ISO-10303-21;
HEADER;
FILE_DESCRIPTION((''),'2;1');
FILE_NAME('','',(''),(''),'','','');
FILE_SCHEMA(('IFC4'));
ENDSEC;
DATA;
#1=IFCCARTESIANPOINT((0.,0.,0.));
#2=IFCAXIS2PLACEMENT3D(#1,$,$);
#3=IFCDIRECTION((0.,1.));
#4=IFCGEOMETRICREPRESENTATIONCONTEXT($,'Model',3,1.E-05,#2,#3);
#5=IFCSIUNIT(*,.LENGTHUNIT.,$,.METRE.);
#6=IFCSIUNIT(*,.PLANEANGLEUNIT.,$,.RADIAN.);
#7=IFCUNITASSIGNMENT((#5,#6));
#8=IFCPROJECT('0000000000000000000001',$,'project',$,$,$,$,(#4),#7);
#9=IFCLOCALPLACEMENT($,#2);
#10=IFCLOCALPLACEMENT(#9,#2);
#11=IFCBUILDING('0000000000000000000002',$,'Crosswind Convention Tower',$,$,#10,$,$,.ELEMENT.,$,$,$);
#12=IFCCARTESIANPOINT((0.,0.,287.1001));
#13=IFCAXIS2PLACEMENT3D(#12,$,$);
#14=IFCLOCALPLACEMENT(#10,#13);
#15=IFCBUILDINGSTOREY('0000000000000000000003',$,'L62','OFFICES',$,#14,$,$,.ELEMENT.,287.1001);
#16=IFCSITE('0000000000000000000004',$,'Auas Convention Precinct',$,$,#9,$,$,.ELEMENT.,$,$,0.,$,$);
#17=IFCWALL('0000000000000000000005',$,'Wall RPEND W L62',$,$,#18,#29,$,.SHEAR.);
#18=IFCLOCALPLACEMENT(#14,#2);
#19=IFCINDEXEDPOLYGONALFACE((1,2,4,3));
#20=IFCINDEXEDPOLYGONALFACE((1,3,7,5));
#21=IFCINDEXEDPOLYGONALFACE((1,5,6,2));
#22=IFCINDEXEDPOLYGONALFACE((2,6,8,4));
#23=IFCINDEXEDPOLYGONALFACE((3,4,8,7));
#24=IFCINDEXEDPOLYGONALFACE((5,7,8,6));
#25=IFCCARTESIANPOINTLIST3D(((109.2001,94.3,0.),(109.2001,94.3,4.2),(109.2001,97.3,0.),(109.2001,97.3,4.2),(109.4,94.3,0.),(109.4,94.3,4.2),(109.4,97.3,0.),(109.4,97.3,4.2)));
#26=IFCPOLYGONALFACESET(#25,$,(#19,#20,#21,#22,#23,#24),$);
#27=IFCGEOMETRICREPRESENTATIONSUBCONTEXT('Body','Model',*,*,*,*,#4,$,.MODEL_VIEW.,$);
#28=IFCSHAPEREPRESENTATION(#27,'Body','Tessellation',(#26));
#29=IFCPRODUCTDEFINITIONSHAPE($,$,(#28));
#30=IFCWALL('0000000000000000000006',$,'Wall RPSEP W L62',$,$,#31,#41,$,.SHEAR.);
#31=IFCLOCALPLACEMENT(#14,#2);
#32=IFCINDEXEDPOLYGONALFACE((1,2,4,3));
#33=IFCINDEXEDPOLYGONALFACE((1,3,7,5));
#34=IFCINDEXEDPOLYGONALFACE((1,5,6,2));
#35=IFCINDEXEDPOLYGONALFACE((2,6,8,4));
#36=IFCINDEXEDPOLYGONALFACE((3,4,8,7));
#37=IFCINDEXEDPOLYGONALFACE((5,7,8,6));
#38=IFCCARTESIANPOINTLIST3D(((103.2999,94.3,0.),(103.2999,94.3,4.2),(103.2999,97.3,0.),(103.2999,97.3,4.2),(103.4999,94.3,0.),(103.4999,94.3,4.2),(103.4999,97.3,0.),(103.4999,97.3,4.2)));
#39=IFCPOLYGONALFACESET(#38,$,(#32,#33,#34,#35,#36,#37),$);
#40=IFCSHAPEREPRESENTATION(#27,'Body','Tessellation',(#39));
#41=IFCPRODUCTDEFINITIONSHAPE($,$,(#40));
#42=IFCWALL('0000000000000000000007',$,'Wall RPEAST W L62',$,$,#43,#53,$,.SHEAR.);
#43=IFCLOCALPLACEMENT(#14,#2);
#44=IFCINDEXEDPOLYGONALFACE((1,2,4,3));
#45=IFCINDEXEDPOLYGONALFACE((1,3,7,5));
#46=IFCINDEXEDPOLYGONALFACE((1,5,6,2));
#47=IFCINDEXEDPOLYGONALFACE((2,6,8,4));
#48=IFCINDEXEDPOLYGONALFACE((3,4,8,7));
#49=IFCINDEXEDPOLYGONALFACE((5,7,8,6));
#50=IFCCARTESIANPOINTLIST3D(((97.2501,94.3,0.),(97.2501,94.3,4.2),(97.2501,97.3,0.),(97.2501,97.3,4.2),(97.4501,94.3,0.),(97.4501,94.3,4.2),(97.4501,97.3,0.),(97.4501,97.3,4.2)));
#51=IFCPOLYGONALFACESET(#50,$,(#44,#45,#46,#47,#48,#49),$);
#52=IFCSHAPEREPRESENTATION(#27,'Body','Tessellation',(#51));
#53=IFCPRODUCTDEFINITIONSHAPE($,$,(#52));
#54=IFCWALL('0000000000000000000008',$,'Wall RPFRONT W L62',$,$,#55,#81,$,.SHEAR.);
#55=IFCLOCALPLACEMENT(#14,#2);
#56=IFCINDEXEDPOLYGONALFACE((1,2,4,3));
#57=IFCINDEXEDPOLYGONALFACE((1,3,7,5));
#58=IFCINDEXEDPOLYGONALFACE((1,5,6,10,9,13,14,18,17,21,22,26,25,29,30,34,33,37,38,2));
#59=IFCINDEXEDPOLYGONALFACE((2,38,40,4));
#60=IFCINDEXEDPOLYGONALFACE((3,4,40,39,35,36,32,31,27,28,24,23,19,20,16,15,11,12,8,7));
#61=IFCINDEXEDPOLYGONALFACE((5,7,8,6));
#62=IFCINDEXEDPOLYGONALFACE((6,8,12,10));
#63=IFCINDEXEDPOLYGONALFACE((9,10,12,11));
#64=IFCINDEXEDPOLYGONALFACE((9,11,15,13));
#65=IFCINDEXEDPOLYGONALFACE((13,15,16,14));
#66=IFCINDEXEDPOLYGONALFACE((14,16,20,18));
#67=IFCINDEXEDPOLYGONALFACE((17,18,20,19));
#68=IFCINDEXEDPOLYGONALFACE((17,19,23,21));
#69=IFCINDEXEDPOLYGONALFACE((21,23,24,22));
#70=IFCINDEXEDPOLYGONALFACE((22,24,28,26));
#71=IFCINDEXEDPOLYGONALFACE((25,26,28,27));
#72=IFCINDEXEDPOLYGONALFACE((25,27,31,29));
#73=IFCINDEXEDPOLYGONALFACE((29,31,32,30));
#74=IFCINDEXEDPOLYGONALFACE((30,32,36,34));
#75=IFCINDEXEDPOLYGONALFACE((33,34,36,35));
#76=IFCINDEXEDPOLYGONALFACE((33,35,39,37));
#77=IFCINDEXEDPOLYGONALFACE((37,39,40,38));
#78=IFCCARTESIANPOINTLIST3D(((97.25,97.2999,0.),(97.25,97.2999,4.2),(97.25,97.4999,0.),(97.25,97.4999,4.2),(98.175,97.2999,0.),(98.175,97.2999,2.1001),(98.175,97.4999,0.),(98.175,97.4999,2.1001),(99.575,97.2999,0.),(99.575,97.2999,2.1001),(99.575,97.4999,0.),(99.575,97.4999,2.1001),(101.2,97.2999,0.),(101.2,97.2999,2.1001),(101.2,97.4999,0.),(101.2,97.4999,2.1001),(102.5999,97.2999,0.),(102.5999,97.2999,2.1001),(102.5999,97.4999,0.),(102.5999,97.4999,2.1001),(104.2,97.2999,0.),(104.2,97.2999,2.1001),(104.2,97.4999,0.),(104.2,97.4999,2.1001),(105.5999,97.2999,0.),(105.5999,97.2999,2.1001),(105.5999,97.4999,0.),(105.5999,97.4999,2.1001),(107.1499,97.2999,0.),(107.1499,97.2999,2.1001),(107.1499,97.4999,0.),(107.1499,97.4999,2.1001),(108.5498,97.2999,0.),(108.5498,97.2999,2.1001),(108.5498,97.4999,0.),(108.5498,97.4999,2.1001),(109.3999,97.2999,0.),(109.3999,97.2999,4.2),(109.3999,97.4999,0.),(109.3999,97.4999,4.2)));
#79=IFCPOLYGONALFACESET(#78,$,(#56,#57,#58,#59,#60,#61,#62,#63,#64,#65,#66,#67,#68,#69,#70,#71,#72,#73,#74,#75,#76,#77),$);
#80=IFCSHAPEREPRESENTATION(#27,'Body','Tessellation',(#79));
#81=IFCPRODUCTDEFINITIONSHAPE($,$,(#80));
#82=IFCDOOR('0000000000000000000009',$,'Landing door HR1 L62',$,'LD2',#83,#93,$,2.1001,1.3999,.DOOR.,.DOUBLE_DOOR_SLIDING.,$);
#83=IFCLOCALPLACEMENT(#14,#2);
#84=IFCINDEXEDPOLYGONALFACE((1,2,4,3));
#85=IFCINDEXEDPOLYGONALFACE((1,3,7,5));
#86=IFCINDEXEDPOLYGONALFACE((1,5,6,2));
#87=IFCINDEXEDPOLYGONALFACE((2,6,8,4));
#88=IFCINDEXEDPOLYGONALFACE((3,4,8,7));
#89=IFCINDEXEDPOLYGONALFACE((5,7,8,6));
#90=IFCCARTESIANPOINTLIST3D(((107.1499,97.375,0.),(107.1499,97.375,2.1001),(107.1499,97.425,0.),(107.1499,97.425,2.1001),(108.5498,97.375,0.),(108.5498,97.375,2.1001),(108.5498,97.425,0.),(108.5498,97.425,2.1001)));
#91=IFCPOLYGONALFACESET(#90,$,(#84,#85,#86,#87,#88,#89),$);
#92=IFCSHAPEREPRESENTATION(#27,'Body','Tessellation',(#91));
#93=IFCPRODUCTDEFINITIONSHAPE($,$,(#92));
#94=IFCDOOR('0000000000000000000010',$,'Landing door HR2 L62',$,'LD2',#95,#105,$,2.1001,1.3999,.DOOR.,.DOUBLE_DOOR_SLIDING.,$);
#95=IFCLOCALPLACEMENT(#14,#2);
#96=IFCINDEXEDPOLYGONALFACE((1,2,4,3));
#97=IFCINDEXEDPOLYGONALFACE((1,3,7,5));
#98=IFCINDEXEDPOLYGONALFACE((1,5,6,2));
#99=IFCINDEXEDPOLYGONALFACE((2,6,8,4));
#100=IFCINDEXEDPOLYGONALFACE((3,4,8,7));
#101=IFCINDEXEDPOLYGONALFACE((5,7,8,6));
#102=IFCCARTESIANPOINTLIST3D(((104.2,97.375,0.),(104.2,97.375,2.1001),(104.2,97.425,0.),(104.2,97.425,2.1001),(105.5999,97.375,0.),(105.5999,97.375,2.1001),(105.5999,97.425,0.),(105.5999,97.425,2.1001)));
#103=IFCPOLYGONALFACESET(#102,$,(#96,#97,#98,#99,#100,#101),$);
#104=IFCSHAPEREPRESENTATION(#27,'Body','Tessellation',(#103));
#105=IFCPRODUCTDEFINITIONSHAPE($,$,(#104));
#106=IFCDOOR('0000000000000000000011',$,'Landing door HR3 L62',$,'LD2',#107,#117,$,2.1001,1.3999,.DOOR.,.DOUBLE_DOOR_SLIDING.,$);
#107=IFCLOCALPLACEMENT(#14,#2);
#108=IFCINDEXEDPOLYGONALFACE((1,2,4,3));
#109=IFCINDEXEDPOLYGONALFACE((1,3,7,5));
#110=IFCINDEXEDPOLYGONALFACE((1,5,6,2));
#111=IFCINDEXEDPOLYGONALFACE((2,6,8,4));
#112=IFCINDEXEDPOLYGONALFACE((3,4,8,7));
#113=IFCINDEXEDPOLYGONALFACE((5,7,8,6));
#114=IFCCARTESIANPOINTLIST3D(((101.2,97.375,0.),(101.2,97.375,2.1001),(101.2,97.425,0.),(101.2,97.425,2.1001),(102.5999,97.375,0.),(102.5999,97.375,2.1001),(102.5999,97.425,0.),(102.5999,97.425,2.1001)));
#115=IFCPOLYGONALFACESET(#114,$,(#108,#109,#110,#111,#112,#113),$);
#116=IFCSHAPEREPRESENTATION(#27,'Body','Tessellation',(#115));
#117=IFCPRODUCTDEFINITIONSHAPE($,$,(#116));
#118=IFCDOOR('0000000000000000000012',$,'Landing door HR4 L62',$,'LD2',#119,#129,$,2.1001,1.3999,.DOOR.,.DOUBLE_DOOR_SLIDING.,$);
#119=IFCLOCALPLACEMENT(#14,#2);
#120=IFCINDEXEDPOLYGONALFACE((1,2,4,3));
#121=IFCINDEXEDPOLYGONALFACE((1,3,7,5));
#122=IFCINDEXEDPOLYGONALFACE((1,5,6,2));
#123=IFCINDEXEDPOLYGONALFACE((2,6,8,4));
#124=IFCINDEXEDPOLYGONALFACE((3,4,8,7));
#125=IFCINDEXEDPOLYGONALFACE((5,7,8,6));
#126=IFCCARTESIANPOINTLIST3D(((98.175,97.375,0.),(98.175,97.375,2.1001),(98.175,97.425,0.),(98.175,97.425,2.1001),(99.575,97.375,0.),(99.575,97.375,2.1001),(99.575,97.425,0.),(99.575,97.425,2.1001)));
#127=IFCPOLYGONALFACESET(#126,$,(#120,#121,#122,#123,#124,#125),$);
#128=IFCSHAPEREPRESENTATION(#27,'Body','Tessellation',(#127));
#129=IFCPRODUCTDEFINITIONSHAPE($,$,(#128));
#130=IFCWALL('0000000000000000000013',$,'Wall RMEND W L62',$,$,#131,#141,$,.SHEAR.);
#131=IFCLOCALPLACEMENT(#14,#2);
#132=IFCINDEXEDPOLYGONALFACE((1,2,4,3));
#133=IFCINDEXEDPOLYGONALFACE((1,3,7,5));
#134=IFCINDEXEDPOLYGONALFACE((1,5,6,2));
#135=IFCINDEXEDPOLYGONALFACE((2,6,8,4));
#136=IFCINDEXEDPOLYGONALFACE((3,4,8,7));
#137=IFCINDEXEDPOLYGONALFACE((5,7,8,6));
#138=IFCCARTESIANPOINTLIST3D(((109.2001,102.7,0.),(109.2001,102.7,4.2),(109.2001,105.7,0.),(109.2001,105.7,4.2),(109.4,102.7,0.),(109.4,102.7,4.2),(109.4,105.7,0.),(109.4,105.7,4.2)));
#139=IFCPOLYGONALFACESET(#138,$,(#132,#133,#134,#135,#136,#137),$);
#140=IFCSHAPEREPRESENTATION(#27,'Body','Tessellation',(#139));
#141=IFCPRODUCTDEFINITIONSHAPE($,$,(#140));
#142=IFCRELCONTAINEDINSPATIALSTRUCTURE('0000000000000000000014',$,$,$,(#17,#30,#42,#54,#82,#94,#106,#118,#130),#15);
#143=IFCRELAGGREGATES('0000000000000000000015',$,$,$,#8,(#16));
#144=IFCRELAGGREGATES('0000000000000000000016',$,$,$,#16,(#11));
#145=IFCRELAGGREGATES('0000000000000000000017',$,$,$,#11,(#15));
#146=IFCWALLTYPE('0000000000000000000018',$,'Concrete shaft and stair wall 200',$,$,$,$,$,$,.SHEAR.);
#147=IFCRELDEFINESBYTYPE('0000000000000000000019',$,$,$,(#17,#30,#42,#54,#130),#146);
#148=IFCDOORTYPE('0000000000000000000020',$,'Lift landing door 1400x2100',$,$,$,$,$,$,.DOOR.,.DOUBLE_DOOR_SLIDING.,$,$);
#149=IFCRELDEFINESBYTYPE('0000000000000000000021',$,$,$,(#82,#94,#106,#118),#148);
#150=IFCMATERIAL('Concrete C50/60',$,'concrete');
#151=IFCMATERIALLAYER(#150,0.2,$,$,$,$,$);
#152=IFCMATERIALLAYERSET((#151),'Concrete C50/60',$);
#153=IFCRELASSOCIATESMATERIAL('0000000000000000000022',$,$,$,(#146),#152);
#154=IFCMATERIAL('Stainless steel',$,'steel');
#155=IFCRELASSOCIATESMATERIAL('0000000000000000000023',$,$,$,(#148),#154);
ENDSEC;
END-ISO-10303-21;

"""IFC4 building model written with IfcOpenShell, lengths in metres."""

from ifc_helpers import new_model, si_unit, direction, frame, frame_2d, origin, place, context, subcontext, project, spatial, rectangle, extrude, material, layer, layer_set, type_object, element, fill, save


model = new_model("IFC4")

# Units and contexts
model_context = context("Model", 3, precision=1e-05, world=origin(), true_north=direction((0.0, 1.0)))
body_context = subcontext(model_context, "Body", "Model", "MODEL_VIEW")
ifc_project = project(units=[si_unit("LENGTHUNIT", "METRE"), si_unit("PLANEANGLEUNIT", "RADIAN")], contexts=[model_context])

# Site, building, storey
site_placement = place(None, origin())
site = spatial("IfcSite", under=ifc_project, at=site_placement, Name="Auas Convention Precinct", CompositionType="ELEMENT", RefElevation=0.0)
building_placement = place(site_placement, origin())
building = spatial("IfcBuilding", under=site, at=building_placement, Name="Crosswind Convention Tower", CompositionType="ELEMENT")
storey_placement = place(building_placement, frame((0.0, 0.0, 287.1001)))
storey = spatial("IfcBuildingStorey", under=building, at=storey_placement, Name="L62", Description="OFFICES", CompositionType="ELEMENT", Elevation=287.1001)

# Walls
ifc_material_1 = material(Name="Concrete C50/60", Category="concrete")
ifc_layer_1 = layer(ifc_material_1, 0.2)
ifc_layer_set_1 = layer_set([ifc_layer_1], Name="Concrete C50/60")
wall_type_1 = type_object("IfcWallType", Name="Concrete shaft and stair wall 200", PredefinedType="SHEAR", material=ifc_layer_set_1)
for number, where, z_axis, x_axis, name in (
    (1, (109.3, 97.3, 0.0), (0.0, 0.0, 1.0), (0.0, -1.0, 0.0), "Wall RPEND W L62"),
    (2, (103.3999, 97.3, 0.0), (0.0, 0.0, 1.0), (0.0, -1.0, 0.0), "Wall RPSEP W L62"),
    (3, (97.3501, 97.3, 0.0), (0.0, 0.0, 1.0), (0.0, -1.0, 0.0), "Wall RPEAST W L62"),
):
    element("IfcWall", number, at=place(storey_placement, frame(where, z_axis=z_axis, x_axis=x_axis)), inside=storey, type_object=wall_type_1, Name=name, PredefinedType="SHEAR", context=body_context, shape_type="SweptSolid", body=[
        extrude(rectangle(XDim=3.0, YDim=0.2, at=frame_2d((1.5, 0.0))), origin(), (0.0, 0.0, 1.0), 4.2),
    ])

# Wall, openings, doors
wall_1_placement = place(storey_placement, frame((109.3999, 97.3999, 0.0), z_axis=(0.0, 0.0, 1.0), x_axis=(-1.0, 0.0, 0.0)))
wall_1 = element("IfcWall", 4, at=wall_1_placement, inside=storey, type_object=wall_type_1, Name="Wall RPFRONT W L62", PredefinedType="SHEAR", context=body_context, shape_type="SweptSolid", body=[
    extrude(rectangle(XDim=12.1499, YDim=0.2, at=frame_2d((6.075, 0.0))), origin(), (0.0, 0.0, 1.0), 4.2),
])
opening_1_placement = place(wall_1_placement, frame((0.8501, 0.0, 0.0)))
opening_1 = element("IfcOpeningElement", 5, at=opening_1_placement, cuts=wall_1, PredefinedType="OPENING", context=body_context, shape_type="SweptSolid", body=[
    extrude(rectangle(XDim=1.3999, YDim=2.1001, at=frame_2d((0.7, 1.05))), frame((0.0, 0.1099, 0.0), z_axis=(0.0, -1.0, 0.0), x_axis=(1.0, 0.0, 0.0)), (0.0, 0.0, 1.0), 0.22),
])
opening_2_placement = place(wall_1_placement, frame((3.8, 0.0, 0.0)))
opening_2 = element("IfcOpeningElement", 6, at=opening_2_placement, cuts=wall_1, PredefinedType="OPENING", context=body_context, shape_type="SweptSolid", body=[
    extrude(rectangle(XDim=1.3999, YDim=2.1001, at=frame_2d((0.7, 1.05))), frame((0.0, 0.1099, 0.0), z_axis=(0.0, -1.0, 0.0), x_axis=(1.0, 0.0, 0.0)), (0.0, 0.0, 1.0), 0.22),
])
opening_3_placement = place(wall_1_placement, frame((6.8, 0.0, 0.0)))
opening_3 = element("IfcOpeningElement", 7, at=opening_3_placement, cuts=wall_1, PredefinedType="OPENING", context=body_context, shape_type="SweptSolid", body=[
    extrude(rectangle(XDim=1.3999, YDim=2.1001, at=frame_2d((0.7, 1.05))), frame((0.0, 0.1099, 0.0), z_axis=(0.0, -1.0, 0.0), x_axis=(1.0, 0.0, 0.0)), (0.0, 0.0, 1.0), 0.22),
])
opening_4_placement = place(wall_1_placement, frame((9.825, 0.0, 0.0)))
opening_4 = element("IfcOpeningElement", 8, at=opening_4_placement, cuts=wall_1, PredefinedType="OPENING", context=body_context, shape_type="SweptSolid", body=[
    extrude(rectangle(XDim=1.3999, YDim=2.1001, at=frame_2d((0.7, 1.05))), frame((0.0, 0.1099, 0.0), z_axis=(0.0, -1.0, 0.0), x_axis=(1.0, 0.0, 0.0)), (0.0, 0.0, 1.0), 0.22),
])
ifc_material_2 = material(Name="Stainless steel", Category="steel")
door_type_1 = type_object("IfcDoorType", Name="Lift landing door 1400x2100", OperationType="DOUBLE_DOOR_SLIDING", PredefinedType="DOOR", material=ifc_material_2)
door_1_placement = place(opening_1_placement, origin())
door_1 = element("IfcDoor", 9, at=door_1_placement, inside=storey, type_object=door_type_1, Name="Landing door HR1 L62", ObjectType="LD2", OperationType="DOUBLE_DOOR_SLIDING", OverallHeight=2.1001, OverallWidth=1.3999, PredefinedType="DOOR", context=body_context, shape_type="SweptSolid", body=[
    extrude(rectangle(XDim=1.3999, YDim=2.1001, at=frame_2d((0.7, 1.05))), frame((0.0, 0.0249, 0.0), z_axis=(0.0, -1.0, 0.0), x_axis=(1.0, 0.0, 0.0)), (0.0, 0.0, 1.0), 0.05),
])
fill(opening_1, door_1)
door_2_placement = place(opening_2_placement, origin())
door_2 = element("IfcDoor", 10, at=door_2_placement, inside=storey, type_object=door_type_1, Name="Landing door HR2 L62", ObjectType="LD2", OperationType="DOUBLE_DOOR_SLIDING", OverallHeight=2.1001, OverallWidth=1.3999, PredefinedType="DOOR", context=body_context, shape_type="SweptSolid", body=[
    extrude(rectangle(XDim=1.3999, YDim=2.1001, at=frame_2d((0.7, 1.05))), frame((0.0, 0.0249, 0.0), z_axis=(0.0, -1.0, 0.0), x_axis=(1.0, 0.0, 0.0)), (0.0, 0.0, 1.0), 0.05),
])
fill(opening_2, door_2)
door_3_placement = place(opening_3_placement, origin())
door_3 = element("IfcDoor", 11, at=door_3_placement, inside=storey, type_object=door_type_1, Name="Landing door HR3 L62", ObjectType="LD2", OperationType="DOUBLE_DOOR_SLIDING", OverallHeight=2.1001, OverallWidth=1.3999, PredefinedType="DOOR", context=body_context, shape_type="SweptSolid", body=[
    extrude(rectangle(XDim=1.3999, YDim=2.1001, at=frame_2d((0.7, 1.05))), frame((0.0, 0.0249, 0.0), z_axis=(0.0, -1.0, 0.0), x_axis=(1.0, 0.0, 0.0)), (0.0, 0.0, 1.0), 0.05),
])
fill(opening_3, door_3)
door_4_placement = place(opening_4_placement, origin())
door_4 = element("IfcDoor", 12, at=door_4_placement, inside=storey, type_object=door_type_1, Name="Landing door HR4 L62", ObjectType="LD2", OperationType="DOUBLE_DOOR_SLIDING", OverallHeight=2.1001, OverallWidth=1.3999, PredefinedType="DOOR", context=body_context, shape_type="SweptSolid", body=[
    extrude(rectangle(XDim=1.3999, YDim=2.1001, at=frame_2d((0.7, 1.05))), frame((0.0, 0.0249, 0.0), z_axis=(0.0, -1.0, 0.0), x_axis=(1.0, 0.0, 0.0)), (0.0, 0.0, 1.0), 0.05),
])
fill(opening_4, door_4)

# Wall
wall_2_placement = place(storey_placement, frame((109.3, 105.7, 0.0), z_axis=(0.0, 0.0, 1.0), x_axis=(0.0, -1.0, 0.0)))
element("IfcWall", 13, at=wall_2_placement, inside=storey, type_object=wall_type_1, Name="Wall RMEND W L62", PredefinedType="SHEAR", context=body_context, shape_type="SweptSolid", body=[
    extrude(rectangle(XDim=3.0, YDim=0.2, at=frame_2d((1.5, 0.0))), origin(), (0.0, 0.0, 1.0), 4.2),
])

save(model, "model.ifc")
